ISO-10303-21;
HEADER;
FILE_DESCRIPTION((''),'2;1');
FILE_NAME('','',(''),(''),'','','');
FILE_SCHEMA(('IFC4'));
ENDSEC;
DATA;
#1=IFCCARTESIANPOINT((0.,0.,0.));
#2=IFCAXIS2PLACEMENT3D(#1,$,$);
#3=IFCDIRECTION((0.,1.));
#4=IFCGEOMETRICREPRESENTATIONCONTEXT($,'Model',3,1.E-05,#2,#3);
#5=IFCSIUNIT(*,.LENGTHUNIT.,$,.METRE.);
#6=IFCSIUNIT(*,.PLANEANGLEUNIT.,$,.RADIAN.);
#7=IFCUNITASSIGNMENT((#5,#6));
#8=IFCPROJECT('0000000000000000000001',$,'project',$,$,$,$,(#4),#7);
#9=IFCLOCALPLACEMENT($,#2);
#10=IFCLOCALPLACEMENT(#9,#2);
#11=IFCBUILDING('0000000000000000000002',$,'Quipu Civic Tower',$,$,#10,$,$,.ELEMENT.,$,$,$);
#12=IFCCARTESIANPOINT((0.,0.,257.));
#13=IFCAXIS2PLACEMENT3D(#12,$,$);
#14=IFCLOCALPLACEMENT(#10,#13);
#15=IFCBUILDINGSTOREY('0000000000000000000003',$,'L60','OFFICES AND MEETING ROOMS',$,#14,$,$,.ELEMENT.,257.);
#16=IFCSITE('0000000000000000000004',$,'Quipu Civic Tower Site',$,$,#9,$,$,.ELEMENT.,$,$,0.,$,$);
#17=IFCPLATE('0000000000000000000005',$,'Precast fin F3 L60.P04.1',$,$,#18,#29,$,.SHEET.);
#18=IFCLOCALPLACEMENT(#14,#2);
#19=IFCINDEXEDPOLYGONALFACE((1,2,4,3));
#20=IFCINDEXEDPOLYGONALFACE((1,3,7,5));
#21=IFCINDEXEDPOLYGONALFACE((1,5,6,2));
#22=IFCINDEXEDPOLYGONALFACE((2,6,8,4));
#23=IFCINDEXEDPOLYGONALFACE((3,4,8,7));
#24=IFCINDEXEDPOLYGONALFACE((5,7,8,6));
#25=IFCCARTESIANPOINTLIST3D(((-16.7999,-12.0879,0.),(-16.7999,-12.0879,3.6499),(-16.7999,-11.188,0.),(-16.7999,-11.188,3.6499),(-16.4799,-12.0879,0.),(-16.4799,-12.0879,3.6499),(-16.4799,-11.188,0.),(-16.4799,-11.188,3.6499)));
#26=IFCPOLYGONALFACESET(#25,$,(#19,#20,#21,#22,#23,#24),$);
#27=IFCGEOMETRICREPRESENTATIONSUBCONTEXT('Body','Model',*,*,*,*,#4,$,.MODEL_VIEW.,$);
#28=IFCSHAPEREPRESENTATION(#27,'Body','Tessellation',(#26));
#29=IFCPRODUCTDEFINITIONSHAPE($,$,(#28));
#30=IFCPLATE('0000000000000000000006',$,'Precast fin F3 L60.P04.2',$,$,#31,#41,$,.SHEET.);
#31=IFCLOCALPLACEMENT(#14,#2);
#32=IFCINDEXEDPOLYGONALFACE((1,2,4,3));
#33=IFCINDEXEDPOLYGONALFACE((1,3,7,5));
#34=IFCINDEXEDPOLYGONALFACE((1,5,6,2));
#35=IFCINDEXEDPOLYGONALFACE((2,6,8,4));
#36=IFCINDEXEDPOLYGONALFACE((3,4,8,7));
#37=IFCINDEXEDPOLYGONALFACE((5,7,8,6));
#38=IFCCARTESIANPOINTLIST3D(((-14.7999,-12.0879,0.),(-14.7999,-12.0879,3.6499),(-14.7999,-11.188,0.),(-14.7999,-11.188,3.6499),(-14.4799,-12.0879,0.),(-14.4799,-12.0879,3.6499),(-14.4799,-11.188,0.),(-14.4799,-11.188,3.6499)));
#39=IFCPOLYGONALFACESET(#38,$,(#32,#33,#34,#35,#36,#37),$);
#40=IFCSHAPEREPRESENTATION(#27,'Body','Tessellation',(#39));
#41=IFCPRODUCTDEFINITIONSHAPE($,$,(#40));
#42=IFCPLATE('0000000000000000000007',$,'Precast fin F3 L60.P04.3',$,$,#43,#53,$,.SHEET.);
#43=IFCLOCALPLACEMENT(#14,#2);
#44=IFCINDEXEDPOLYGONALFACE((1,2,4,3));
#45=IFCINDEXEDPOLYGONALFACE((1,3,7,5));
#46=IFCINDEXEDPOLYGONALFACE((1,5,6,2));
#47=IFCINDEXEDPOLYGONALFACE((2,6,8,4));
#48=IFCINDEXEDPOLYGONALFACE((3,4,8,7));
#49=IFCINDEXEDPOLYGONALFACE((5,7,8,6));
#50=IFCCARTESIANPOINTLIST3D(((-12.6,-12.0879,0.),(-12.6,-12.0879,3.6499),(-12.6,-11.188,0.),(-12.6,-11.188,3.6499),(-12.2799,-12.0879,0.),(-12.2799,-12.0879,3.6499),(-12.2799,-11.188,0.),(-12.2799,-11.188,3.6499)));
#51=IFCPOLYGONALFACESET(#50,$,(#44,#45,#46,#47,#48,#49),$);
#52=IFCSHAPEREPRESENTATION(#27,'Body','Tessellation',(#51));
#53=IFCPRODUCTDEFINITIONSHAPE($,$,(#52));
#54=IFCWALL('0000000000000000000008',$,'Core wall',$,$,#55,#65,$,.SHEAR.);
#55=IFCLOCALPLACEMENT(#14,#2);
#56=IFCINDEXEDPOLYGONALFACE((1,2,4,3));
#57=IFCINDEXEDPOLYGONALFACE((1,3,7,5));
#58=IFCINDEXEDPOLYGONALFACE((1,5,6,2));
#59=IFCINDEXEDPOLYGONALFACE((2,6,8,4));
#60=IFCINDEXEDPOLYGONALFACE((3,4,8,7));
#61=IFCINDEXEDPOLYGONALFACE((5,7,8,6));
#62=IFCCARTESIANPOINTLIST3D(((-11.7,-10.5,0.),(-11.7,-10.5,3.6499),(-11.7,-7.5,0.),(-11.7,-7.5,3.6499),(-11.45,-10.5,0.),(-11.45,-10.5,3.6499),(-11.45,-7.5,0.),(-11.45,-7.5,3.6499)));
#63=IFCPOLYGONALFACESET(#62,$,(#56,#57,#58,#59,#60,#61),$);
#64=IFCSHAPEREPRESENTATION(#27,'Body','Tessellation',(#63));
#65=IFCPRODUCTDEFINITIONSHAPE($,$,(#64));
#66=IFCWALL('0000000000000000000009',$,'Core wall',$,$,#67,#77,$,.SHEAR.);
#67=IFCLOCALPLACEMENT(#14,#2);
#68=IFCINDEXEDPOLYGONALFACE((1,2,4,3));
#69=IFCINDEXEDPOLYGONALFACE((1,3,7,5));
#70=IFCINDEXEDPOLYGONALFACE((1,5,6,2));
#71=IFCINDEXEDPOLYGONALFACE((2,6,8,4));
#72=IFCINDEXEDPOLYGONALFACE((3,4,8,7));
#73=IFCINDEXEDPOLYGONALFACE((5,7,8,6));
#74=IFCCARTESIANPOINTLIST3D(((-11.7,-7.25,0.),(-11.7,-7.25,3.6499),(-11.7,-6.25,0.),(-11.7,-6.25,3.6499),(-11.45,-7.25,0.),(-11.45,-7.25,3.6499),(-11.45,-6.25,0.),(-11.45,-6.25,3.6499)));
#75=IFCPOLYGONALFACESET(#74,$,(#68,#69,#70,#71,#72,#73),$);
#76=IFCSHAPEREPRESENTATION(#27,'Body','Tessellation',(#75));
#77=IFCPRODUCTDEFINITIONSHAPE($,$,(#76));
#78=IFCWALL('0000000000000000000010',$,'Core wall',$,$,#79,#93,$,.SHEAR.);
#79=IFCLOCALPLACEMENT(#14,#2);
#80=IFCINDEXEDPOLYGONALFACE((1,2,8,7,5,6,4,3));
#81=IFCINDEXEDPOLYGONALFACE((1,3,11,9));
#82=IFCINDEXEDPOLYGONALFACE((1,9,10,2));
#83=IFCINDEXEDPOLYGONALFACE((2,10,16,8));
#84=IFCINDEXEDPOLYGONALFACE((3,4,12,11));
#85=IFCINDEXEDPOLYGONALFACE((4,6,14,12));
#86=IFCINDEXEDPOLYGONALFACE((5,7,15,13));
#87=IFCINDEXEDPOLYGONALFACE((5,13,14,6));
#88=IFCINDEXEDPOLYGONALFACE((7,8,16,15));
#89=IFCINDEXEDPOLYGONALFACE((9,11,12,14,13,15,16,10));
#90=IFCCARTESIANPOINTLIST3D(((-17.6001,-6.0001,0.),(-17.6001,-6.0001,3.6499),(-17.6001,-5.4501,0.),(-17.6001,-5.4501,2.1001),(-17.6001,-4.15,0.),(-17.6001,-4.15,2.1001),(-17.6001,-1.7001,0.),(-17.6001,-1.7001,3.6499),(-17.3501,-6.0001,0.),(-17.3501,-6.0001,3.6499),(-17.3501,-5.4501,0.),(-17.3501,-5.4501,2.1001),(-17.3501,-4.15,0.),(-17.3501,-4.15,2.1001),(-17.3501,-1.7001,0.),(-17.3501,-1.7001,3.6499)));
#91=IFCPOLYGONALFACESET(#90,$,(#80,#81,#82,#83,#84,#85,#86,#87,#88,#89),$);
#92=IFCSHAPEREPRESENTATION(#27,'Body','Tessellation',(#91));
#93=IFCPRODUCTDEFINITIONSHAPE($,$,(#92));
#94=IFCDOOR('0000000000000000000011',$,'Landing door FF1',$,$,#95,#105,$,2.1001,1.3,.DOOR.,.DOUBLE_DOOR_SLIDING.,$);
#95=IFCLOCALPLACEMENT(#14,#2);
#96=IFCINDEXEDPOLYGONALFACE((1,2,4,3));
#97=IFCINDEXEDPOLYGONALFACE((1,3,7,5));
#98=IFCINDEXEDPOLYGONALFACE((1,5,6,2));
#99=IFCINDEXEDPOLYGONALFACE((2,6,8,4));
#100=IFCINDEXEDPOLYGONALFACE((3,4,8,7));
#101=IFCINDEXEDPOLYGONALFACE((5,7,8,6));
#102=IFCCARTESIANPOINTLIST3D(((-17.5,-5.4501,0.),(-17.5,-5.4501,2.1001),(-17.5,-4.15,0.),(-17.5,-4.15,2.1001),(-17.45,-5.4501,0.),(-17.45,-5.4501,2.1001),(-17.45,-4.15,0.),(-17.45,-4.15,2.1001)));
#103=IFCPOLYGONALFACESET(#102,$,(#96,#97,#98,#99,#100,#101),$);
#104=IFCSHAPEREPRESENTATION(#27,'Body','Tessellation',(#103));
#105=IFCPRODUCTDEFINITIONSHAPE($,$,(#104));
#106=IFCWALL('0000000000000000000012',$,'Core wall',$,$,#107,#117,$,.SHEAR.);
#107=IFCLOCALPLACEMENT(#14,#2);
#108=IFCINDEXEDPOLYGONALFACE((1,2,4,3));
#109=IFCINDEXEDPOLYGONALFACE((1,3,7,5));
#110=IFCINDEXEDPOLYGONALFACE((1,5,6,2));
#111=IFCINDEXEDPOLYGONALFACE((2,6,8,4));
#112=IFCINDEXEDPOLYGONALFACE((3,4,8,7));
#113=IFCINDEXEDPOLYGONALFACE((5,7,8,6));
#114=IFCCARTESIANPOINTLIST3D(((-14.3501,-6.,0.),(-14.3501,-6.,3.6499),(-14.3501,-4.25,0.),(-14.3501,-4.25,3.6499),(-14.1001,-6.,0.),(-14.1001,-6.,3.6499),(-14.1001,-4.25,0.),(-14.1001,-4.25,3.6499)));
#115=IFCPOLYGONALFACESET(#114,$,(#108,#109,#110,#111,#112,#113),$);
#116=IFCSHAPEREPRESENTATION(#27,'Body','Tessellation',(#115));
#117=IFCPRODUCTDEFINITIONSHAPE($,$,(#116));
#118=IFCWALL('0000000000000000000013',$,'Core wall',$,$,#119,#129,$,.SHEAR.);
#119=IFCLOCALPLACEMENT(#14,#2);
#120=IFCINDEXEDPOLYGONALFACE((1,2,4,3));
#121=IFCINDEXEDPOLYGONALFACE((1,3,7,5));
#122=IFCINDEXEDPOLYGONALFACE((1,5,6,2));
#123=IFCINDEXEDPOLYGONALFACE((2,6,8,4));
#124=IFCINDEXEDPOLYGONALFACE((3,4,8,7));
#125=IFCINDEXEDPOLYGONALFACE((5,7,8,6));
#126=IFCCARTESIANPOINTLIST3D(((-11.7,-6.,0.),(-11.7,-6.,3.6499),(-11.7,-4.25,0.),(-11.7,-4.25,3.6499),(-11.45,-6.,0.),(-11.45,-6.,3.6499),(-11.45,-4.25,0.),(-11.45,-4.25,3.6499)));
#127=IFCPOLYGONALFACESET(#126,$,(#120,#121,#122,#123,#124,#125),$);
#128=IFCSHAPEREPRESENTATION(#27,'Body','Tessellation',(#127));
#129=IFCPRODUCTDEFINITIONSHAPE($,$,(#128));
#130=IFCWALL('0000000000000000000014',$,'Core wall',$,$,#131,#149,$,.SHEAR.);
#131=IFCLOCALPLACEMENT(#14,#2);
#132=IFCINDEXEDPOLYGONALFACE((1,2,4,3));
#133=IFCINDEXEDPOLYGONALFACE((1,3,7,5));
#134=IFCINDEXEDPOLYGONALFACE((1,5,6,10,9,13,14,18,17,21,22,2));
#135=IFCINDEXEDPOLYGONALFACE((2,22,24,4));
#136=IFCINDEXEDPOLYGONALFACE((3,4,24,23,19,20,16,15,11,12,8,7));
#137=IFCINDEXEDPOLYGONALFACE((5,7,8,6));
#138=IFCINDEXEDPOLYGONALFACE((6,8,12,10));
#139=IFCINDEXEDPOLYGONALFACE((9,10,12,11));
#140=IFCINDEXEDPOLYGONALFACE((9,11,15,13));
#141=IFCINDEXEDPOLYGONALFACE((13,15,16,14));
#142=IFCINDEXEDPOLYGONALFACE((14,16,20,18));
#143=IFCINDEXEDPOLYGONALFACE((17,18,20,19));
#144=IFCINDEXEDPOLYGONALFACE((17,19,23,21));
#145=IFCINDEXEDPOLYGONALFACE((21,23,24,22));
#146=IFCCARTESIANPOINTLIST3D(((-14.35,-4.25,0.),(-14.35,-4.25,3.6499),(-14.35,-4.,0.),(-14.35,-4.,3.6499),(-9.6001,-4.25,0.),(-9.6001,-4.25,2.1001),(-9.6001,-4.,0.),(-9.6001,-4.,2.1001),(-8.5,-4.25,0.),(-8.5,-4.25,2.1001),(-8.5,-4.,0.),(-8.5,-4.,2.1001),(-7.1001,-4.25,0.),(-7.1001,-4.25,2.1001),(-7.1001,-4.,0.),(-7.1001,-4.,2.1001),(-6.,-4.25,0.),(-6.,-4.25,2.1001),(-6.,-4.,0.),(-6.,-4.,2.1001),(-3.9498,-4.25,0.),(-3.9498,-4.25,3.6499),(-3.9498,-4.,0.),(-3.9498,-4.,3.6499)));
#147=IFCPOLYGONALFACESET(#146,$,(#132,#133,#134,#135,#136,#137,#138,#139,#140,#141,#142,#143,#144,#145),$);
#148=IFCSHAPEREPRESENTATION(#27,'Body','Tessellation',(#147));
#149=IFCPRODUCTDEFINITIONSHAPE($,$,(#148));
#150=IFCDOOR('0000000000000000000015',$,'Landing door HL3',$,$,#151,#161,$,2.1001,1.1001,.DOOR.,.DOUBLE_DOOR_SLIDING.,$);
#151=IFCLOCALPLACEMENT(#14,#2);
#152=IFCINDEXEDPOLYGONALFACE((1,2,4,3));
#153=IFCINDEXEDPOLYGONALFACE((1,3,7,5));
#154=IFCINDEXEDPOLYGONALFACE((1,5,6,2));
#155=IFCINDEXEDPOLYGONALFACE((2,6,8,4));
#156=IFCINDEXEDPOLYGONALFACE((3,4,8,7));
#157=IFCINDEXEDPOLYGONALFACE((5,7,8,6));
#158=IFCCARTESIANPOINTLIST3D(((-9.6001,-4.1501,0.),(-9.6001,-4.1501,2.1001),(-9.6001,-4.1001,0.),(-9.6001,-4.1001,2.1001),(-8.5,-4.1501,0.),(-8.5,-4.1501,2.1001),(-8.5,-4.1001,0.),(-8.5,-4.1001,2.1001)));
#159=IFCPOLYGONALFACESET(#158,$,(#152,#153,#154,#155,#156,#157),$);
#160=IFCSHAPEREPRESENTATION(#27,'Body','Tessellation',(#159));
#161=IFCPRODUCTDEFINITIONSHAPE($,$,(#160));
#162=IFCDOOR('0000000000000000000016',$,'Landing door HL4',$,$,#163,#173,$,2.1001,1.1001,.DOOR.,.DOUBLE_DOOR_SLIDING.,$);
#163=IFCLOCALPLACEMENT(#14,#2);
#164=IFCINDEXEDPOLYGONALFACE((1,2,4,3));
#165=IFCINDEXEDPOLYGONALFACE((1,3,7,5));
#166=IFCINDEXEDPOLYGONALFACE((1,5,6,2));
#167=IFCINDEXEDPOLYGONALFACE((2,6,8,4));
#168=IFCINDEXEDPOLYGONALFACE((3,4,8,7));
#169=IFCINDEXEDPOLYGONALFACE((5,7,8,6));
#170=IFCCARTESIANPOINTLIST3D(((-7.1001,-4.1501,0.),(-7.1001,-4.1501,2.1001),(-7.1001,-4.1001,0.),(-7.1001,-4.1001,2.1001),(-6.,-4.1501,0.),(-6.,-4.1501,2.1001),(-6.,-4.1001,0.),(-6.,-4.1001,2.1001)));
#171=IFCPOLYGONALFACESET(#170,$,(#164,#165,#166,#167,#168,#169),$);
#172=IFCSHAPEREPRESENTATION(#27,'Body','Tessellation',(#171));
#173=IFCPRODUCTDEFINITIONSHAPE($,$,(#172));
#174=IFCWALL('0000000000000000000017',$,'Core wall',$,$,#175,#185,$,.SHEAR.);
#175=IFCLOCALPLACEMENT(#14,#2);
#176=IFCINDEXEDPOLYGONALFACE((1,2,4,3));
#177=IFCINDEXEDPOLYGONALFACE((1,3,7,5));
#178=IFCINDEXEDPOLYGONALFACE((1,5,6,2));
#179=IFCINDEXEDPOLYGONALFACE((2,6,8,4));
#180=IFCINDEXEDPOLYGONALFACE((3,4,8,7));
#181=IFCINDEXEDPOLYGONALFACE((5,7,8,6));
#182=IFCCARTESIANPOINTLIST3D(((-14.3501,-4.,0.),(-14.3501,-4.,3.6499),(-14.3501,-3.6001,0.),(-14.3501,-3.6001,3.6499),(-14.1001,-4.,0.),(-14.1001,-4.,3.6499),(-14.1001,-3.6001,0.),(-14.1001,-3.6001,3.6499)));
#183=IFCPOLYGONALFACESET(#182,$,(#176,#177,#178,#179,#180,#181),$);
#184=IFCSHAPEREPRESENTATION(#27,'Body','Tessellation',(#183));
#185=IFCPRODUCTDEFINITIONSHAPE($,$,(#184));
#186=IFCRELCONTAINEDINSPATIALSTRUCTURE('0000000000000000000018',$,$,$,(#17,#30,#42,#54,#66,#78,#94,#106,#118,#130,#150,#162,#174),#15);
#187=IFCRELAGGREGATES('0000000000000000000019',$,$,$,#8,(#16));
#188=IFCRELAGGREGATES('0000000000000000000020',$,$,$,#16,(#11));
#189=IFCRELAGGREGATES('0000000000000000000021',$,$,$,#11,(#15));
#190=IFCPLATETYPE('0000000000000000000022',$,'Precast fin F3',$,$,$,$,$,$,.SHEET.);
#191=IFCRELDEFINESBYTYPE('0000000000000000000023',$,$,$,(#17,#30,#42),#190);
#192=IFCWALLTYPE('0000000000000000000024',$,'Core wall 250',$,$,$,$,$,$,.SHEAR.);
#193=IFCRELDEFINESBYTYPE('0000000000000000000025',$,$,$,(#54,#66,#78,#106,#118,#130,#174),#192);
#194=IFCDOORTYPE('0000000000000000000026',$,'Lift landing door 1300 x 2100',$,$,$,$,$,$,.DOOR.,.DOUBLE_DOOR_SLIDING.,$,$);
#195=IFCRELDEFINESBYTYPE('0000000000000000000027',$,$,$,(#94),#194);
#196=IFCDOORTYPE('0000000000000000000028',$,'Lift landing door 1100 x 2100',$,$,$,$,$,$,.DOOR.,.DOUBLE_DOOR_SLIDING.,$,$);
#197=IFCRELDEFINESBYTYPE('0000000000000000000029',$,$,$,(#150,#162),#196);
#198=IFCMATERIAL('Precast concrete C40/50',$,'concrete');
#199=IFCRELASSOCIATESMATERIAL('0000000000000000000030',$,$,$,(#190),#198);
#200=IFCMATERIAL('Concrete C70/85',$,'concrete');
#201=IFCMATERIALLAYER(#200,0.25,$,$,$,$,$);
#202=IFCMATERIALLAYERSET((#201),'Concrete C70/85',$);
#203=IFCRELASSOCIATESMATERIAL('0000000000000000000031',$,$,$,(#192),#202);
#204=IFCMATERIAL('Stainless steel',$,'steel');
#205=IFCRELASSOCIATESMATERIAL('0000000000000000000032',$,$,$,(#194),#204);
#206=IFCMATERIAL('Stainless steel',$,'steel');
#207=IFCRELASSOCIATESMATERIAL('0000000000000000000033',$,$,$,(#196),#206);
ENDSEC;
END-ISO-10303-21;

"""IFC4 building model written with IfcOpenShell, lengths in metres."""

from ifc_helpers import new_model, si_unit, direction, frame, frame_2d, origin, origin_2d, place, context, subcontext, project, spatial, rectangle, extrude, material, layer, layer_set, type_object, element, fill, save


model = new_model("IFC4")

# Units and contexts
model_context = context("Model", 3, precision=1e-05, world=origin(), true_north=direction((0.0, 1.0)))
body_context = subcontext(model_context, "Body", "Model", "MODEL_VIEW")
ifc_project = project(units=[si_unit("LENGTHUNIT", "METRE"), si_unit("PLANEANGLEUNIT", "RADIAN")], contexts=[model_context])

# Site, building, storey
site_placement = place(None, origin())
site = spatial("IfcSite", under=ifc_project, at=site_placement, Name="Quipu Civic Tower Site", CompositionType="ELEMENT", RefElevation=0.0)
building_placement = place(site_placement, origin())
building = spatial("IfcBuilding", under=site, at=building_placement, Name="Quipu Civic Tower", CompositionType="ELEMENT")
storey_placement = place(building_placement, frame((0.0, 0.0, 257.0)))
storey = spatial("IfcBuildingStorey", under=building, at=storey_placement, Name="L60", Description="OFFICES AND MEETING ROOMS", CompositionType="ELEMENT", Elevation=257.0)

# Plates
ifc_material_1 = material(Name="Precast concrete C40/50", Category="concrete")
plate_type = type_object("IfcPlateType", Name="Precast fin F3", PredefinedType="SHEET", material=ifc_material_1)
for number, where, z_axis, x_axis, name in (
    (1, (-16.6399, -11.6379, 0.0), (0.0, 0.0, 1.0), (1.0, 0.0, 0.0), "Precast fin F3 L60.P04.1"),
    (2, (-14.6399, -11.6379, 0.0), (0.0, 0.0, 1.0), (1.0, 0.0, 0.0), "Precast fin F3 L60.P04.2"),
    (3, (-12.4399, -11.6379, 0.0), (0.0, 0.0, 1.0), (1.0, 0.0, 0.0), "Precast fin F3 L60.P04.3"),
):
    element("IfcPlate", number, at=place(storey_placement, frame(where, z_axis=z_axis, x_axis=x_axis)), inside=storey, type_object=plate_type, Name=name, PredefinedType="SHEET", context=body_context, shape_type="SweptSolid", body=[
        extrude(rectangle(XDim=0.3201, YDim=0.8999, at=origin_2d()), origin(), (0.0, 0.0, 1.0), 3.6499),
    ])

# Walls
ifc_material_2 = material(Name="Concrete C70/85", Category="concrete")
ifc_layer_1 = layer(ifc_material_2, 0.25)
ifc_layer_set_1 = layer_set([ifc_layer_1], Name="Concrete C70/85")
wall_type_1 = type_object("IfcWallType", Name="Core wall 250", PredefinedType="SHEAR", material=ifc_layer_set_1)
wall_1_placement = place(storey_placement, frame((-11.575, -10.5, 0.0), z_axis=(0.0, 0.0, 1.0), x_axis=(0.0, 1.0, 0.0)))
element("IfcWall", 4, at=wall_1_placement, inside=storey, type_object=wall_type_1, Name="Core wall", PredefinedType="SHEAR", context=body_context, shape_type="SweptSolid", body=[
    extrude(rectangle(XDim=3.0, YDim=0.25, at=frame_2d((1.5, 0.0))), origin(), (0.0, 0.0, 1.0), 3.6499),
])
wall_2_placement = place(storey_placement, frame((-11.575, -7.25, 0.0), z_axis=(0.0, 0.0, 1.0), x_axis=(0.0, 1.0, 0.0)))
element("IfcWall", 5, at=wall_2_placement, inside=storey, type_object=wall_type_1, Name="Core wall", PredefinedType="SHEAR", context=body_context, shape_type="SweptSolid", body=[
    extrude(rectangle(XDim=1.0, YDim=0.25, at=frame_2d((0.5, 0.0))), origin(), (0.0, 0.0, 1.0), 3.6499),
])

# Wall, opening, door
wall_3_placement = place(storey_placement, frame((-17.4751, -6.0, 0.0), z_axis=(0.0, 0.0, 1.0), x_axis=(0.0, 1.0, 0.0)))
wall_3 = element("IfcWall", 6, at=wall_3_placement, inside=storey, type_object=wall_type_1, Name="Core wall", PredefinedType="SHEAR", context=body_context, shape_type="SweptSolid", body=[
    extrude(rectangle(XDim=4.3, YDim=0.25, at=frame_2d((2.1499, 0.0))), origin(), (0.0, 0.0, 1.0), 3.6499),
])
opening_1_placement = place(wall_3_placement, frame((0.55, 0.0, 0.0)))
opening_1 = element("IfcOpeningElement", 7, at=opening_1_placement, cuts=wall_3, PredefinedType="OPENING", context=body_context, shape_type="SweptSolid", body=[
    extrude(rectangle(XDim=1.3, YDim=2.1001, at=frame_2d((0.6499, 1.05))), frame((0.0, 0.135, 0.0), z_axis=(0.0, -1.0, 0.0), x_axis=(1.0, 0.0, 0.0)), (0.0, 0.0, 1.0), 0.27),
])
ifc_material_3 = material(Name="Stainless steel", Category="steel")
door_type_1 = type_object("IfcDoorType", Name="Lift landing door 1300 x 2100", OperationType="DOUBLE_DOOR_SLIDING", PredefinedType="DOOR", material=ifc_material_3)
door_1_placement = place(opening_1_placement, origin())
door_1 = element("IfcDoor", 8, at=door_1_placement, inside=storey, type_object=door_type_1, Name="Landing door FF1", OperationType="DOUBLE_DOOR_SLIDING", OverallHeight=2.1001, OverallWidth=1.3, PredefinedType="DOOR", context=body_context, shape_type="SweptSolid", body=[
    extrude(rectangle(XDim=1.3, YDim=2.1001, at=frame_2d((0.6499, 1.05))), frame((0.0, 0.0249, 0.0), z_axis=(0.0, -1.0, 0.0), x_axis=(1.0, 0.0, 0.0)), (0.0, 0.0, 1.0), 0.05),
])
fill(opening_1, door_1)

# Walls
for number, where, z_axis, x_axis, name in (
    (9, (-14.2251, -6.0, 0.0), (0.0, 0.0, 1.0), (0.0, 1.0, 0.0), "Core wall"),
    (10, (-11.575, -6.0, 0.0), (0.0, 0.0, 1.0), (0.0, 1.0, 0.0), "Core wall"),
):
    element("IfcWall", number, at=place(storey_placement, frame(where, z_axis=z_axis, x_axis=x_axis)), inside=storey, type_object=wall_type_1, Name=name, PredefinedType="SHEAR", context=body_context, shape_type="SweptSolid", body=[
        extrude(rectangle(XDim=1.75, YDim=0.25, at=frame_2d((0.875, 0.0))), origin(), (0.0, 0.0, 1.0), 3.6499),
    ])

# Wall, openings, doors
wall_4_placement = place(storey_placement, frame((-14.3501, -4.125, 0.0), z_axis=(0.0, 0.0, 1.0), x_axis=(1.0, 0.0, 0.0)))
wall_4 = element("IfcWall", 11, at=wall_4_placement, inside=storey, type_object=wall_type_1, Name="Core wall", PredefinedType="SHEAR", context=body_context, shape_type="SweptSolid", body=[
    extrude(rectangle(XDim=10.4001, YDim=0.25, at=frame_2d((5.2002, 0.0))), origin(), (0.0, 0.0, 1.0), 3.6499),
])
opening_2_placement = place(wall_4_placement, frame((4.75, 0.0, 0.0)))
opening_2 = element("IfcOpeningElement", 12, at=opening_2_placement, cuts=wall_4, PredefinedType="OPENING", context=body_context, shape_type="SweptSolid", body=[
    extrude(rectangle(XDim=1.1001, YDim=2.1001, at=frame_2d((0.55, 1.05))), frame((0.0, 0.135, 0.0), z_axis=(0.0, -1.0, 0.0), x_axis=(1.0, 0.0, 0.0)), (0.0, 0.0, 1.0), 0.27),
])
opening_3_placement = place(wall_4_placement, frame((7.25, 0.0, 0.0)))
opening_3 = element("IfcOpeningElement", 13, at=opening_3_placement, cuts=wall_4, PredefinedType="OPENING", context=body_context, shape_type="SweptSolid", body=[
    extrude(rectangle(XDim=1.1001, YDim=2.1001, at=frame_2d((0.55, 1.05))), frame((0.0, 0.135, 0.0), z_axis=(0.0, -1.0, 0.0), x_axis=(1.0, 0.0, 0.0)), (0.0, 0.0, 1.0), 0.27),
])
ifc_material_4 = material(Name="Stainless steel", Category="steel")
door_type_2 = type_object("IfcDoorType", Name="Lift landing door 1100 x 2100", OperationType="DOUBLE_DOOR_SLIDING", PredefinedType="DOOR", material=ifc_material_4)
door_2_placement = place(opening_2_placement, origin())
door_2 = element("IfcDoor", 14, at=door_2_placement, inside=storey, type_object=door_type_2, Name="Landing door HL3", OperationType="DOUBLE_DOOR_SLIDING", OverallHeight=2.1001, OverallWidth=1.1001, PredefinedType="DOOR", context=body_context, shape_type="SweptSolid", body=[
    extrude(rectangle(XDim=1.1001, YDim=2.1001, at=frame_2d((0.55, 1.05))), frame((0.0, 0.0249, 0.0), z_axis=(0.0, -1.0, 0.0), x_axis=(1.0, 0.0, 0.0)), (0.0, 0.0, 1.0), 0.05),
])
fill(opening_2, door_2)
door_3_placement = place(opening_3_placement, origin())
door_3 = element("IfcDoor", 15, at=door_3_placement, inside=storey, type_object=door_type_2, Name="Landing door HL4", OperationType="DOUBLE_DOOR_SLIDING", OverallHeight=2.1001, OverallWidth=1.1001, PredefinedType="DOOR", context=body_context, shape_type="SweptSolid", body=[
    extrude(rectangle(XDim=1.1001, YDim=2.1001, at=frame_2d((0.55, 1.05))), frame((0.0, 0.0249, 0.0), z_axis=(0.0, -1.0, 0.0), x_axis=(1.0, 0.0, 0.0)), (0.0, 0.0, 1.0), 0.05),
])
fill(opening_3, door_3)

# Wall
wall_5_placement = place(storey_placement, frame((-14.2251, -4.0, 0.0), z_axis=(0.0, 0.0, 1.0), x_axis=(0.0, 1.0, 0.0)))
element("IfcWall", 16, at=wall_5_placement, inside=storey, type_object=wall_type_1, Name="Core wall", PredefinedType="SHEAR", context=body_context, shape_type="SweptSolid", body=[
    extrude(rectangle(XDim=0.3999, YDim=0.25, at=frame_2d((0.2, 0.0))), origin(), (0.0, 0.0, 1.0), 3.6499),
])

save(model, "model.ifc")
